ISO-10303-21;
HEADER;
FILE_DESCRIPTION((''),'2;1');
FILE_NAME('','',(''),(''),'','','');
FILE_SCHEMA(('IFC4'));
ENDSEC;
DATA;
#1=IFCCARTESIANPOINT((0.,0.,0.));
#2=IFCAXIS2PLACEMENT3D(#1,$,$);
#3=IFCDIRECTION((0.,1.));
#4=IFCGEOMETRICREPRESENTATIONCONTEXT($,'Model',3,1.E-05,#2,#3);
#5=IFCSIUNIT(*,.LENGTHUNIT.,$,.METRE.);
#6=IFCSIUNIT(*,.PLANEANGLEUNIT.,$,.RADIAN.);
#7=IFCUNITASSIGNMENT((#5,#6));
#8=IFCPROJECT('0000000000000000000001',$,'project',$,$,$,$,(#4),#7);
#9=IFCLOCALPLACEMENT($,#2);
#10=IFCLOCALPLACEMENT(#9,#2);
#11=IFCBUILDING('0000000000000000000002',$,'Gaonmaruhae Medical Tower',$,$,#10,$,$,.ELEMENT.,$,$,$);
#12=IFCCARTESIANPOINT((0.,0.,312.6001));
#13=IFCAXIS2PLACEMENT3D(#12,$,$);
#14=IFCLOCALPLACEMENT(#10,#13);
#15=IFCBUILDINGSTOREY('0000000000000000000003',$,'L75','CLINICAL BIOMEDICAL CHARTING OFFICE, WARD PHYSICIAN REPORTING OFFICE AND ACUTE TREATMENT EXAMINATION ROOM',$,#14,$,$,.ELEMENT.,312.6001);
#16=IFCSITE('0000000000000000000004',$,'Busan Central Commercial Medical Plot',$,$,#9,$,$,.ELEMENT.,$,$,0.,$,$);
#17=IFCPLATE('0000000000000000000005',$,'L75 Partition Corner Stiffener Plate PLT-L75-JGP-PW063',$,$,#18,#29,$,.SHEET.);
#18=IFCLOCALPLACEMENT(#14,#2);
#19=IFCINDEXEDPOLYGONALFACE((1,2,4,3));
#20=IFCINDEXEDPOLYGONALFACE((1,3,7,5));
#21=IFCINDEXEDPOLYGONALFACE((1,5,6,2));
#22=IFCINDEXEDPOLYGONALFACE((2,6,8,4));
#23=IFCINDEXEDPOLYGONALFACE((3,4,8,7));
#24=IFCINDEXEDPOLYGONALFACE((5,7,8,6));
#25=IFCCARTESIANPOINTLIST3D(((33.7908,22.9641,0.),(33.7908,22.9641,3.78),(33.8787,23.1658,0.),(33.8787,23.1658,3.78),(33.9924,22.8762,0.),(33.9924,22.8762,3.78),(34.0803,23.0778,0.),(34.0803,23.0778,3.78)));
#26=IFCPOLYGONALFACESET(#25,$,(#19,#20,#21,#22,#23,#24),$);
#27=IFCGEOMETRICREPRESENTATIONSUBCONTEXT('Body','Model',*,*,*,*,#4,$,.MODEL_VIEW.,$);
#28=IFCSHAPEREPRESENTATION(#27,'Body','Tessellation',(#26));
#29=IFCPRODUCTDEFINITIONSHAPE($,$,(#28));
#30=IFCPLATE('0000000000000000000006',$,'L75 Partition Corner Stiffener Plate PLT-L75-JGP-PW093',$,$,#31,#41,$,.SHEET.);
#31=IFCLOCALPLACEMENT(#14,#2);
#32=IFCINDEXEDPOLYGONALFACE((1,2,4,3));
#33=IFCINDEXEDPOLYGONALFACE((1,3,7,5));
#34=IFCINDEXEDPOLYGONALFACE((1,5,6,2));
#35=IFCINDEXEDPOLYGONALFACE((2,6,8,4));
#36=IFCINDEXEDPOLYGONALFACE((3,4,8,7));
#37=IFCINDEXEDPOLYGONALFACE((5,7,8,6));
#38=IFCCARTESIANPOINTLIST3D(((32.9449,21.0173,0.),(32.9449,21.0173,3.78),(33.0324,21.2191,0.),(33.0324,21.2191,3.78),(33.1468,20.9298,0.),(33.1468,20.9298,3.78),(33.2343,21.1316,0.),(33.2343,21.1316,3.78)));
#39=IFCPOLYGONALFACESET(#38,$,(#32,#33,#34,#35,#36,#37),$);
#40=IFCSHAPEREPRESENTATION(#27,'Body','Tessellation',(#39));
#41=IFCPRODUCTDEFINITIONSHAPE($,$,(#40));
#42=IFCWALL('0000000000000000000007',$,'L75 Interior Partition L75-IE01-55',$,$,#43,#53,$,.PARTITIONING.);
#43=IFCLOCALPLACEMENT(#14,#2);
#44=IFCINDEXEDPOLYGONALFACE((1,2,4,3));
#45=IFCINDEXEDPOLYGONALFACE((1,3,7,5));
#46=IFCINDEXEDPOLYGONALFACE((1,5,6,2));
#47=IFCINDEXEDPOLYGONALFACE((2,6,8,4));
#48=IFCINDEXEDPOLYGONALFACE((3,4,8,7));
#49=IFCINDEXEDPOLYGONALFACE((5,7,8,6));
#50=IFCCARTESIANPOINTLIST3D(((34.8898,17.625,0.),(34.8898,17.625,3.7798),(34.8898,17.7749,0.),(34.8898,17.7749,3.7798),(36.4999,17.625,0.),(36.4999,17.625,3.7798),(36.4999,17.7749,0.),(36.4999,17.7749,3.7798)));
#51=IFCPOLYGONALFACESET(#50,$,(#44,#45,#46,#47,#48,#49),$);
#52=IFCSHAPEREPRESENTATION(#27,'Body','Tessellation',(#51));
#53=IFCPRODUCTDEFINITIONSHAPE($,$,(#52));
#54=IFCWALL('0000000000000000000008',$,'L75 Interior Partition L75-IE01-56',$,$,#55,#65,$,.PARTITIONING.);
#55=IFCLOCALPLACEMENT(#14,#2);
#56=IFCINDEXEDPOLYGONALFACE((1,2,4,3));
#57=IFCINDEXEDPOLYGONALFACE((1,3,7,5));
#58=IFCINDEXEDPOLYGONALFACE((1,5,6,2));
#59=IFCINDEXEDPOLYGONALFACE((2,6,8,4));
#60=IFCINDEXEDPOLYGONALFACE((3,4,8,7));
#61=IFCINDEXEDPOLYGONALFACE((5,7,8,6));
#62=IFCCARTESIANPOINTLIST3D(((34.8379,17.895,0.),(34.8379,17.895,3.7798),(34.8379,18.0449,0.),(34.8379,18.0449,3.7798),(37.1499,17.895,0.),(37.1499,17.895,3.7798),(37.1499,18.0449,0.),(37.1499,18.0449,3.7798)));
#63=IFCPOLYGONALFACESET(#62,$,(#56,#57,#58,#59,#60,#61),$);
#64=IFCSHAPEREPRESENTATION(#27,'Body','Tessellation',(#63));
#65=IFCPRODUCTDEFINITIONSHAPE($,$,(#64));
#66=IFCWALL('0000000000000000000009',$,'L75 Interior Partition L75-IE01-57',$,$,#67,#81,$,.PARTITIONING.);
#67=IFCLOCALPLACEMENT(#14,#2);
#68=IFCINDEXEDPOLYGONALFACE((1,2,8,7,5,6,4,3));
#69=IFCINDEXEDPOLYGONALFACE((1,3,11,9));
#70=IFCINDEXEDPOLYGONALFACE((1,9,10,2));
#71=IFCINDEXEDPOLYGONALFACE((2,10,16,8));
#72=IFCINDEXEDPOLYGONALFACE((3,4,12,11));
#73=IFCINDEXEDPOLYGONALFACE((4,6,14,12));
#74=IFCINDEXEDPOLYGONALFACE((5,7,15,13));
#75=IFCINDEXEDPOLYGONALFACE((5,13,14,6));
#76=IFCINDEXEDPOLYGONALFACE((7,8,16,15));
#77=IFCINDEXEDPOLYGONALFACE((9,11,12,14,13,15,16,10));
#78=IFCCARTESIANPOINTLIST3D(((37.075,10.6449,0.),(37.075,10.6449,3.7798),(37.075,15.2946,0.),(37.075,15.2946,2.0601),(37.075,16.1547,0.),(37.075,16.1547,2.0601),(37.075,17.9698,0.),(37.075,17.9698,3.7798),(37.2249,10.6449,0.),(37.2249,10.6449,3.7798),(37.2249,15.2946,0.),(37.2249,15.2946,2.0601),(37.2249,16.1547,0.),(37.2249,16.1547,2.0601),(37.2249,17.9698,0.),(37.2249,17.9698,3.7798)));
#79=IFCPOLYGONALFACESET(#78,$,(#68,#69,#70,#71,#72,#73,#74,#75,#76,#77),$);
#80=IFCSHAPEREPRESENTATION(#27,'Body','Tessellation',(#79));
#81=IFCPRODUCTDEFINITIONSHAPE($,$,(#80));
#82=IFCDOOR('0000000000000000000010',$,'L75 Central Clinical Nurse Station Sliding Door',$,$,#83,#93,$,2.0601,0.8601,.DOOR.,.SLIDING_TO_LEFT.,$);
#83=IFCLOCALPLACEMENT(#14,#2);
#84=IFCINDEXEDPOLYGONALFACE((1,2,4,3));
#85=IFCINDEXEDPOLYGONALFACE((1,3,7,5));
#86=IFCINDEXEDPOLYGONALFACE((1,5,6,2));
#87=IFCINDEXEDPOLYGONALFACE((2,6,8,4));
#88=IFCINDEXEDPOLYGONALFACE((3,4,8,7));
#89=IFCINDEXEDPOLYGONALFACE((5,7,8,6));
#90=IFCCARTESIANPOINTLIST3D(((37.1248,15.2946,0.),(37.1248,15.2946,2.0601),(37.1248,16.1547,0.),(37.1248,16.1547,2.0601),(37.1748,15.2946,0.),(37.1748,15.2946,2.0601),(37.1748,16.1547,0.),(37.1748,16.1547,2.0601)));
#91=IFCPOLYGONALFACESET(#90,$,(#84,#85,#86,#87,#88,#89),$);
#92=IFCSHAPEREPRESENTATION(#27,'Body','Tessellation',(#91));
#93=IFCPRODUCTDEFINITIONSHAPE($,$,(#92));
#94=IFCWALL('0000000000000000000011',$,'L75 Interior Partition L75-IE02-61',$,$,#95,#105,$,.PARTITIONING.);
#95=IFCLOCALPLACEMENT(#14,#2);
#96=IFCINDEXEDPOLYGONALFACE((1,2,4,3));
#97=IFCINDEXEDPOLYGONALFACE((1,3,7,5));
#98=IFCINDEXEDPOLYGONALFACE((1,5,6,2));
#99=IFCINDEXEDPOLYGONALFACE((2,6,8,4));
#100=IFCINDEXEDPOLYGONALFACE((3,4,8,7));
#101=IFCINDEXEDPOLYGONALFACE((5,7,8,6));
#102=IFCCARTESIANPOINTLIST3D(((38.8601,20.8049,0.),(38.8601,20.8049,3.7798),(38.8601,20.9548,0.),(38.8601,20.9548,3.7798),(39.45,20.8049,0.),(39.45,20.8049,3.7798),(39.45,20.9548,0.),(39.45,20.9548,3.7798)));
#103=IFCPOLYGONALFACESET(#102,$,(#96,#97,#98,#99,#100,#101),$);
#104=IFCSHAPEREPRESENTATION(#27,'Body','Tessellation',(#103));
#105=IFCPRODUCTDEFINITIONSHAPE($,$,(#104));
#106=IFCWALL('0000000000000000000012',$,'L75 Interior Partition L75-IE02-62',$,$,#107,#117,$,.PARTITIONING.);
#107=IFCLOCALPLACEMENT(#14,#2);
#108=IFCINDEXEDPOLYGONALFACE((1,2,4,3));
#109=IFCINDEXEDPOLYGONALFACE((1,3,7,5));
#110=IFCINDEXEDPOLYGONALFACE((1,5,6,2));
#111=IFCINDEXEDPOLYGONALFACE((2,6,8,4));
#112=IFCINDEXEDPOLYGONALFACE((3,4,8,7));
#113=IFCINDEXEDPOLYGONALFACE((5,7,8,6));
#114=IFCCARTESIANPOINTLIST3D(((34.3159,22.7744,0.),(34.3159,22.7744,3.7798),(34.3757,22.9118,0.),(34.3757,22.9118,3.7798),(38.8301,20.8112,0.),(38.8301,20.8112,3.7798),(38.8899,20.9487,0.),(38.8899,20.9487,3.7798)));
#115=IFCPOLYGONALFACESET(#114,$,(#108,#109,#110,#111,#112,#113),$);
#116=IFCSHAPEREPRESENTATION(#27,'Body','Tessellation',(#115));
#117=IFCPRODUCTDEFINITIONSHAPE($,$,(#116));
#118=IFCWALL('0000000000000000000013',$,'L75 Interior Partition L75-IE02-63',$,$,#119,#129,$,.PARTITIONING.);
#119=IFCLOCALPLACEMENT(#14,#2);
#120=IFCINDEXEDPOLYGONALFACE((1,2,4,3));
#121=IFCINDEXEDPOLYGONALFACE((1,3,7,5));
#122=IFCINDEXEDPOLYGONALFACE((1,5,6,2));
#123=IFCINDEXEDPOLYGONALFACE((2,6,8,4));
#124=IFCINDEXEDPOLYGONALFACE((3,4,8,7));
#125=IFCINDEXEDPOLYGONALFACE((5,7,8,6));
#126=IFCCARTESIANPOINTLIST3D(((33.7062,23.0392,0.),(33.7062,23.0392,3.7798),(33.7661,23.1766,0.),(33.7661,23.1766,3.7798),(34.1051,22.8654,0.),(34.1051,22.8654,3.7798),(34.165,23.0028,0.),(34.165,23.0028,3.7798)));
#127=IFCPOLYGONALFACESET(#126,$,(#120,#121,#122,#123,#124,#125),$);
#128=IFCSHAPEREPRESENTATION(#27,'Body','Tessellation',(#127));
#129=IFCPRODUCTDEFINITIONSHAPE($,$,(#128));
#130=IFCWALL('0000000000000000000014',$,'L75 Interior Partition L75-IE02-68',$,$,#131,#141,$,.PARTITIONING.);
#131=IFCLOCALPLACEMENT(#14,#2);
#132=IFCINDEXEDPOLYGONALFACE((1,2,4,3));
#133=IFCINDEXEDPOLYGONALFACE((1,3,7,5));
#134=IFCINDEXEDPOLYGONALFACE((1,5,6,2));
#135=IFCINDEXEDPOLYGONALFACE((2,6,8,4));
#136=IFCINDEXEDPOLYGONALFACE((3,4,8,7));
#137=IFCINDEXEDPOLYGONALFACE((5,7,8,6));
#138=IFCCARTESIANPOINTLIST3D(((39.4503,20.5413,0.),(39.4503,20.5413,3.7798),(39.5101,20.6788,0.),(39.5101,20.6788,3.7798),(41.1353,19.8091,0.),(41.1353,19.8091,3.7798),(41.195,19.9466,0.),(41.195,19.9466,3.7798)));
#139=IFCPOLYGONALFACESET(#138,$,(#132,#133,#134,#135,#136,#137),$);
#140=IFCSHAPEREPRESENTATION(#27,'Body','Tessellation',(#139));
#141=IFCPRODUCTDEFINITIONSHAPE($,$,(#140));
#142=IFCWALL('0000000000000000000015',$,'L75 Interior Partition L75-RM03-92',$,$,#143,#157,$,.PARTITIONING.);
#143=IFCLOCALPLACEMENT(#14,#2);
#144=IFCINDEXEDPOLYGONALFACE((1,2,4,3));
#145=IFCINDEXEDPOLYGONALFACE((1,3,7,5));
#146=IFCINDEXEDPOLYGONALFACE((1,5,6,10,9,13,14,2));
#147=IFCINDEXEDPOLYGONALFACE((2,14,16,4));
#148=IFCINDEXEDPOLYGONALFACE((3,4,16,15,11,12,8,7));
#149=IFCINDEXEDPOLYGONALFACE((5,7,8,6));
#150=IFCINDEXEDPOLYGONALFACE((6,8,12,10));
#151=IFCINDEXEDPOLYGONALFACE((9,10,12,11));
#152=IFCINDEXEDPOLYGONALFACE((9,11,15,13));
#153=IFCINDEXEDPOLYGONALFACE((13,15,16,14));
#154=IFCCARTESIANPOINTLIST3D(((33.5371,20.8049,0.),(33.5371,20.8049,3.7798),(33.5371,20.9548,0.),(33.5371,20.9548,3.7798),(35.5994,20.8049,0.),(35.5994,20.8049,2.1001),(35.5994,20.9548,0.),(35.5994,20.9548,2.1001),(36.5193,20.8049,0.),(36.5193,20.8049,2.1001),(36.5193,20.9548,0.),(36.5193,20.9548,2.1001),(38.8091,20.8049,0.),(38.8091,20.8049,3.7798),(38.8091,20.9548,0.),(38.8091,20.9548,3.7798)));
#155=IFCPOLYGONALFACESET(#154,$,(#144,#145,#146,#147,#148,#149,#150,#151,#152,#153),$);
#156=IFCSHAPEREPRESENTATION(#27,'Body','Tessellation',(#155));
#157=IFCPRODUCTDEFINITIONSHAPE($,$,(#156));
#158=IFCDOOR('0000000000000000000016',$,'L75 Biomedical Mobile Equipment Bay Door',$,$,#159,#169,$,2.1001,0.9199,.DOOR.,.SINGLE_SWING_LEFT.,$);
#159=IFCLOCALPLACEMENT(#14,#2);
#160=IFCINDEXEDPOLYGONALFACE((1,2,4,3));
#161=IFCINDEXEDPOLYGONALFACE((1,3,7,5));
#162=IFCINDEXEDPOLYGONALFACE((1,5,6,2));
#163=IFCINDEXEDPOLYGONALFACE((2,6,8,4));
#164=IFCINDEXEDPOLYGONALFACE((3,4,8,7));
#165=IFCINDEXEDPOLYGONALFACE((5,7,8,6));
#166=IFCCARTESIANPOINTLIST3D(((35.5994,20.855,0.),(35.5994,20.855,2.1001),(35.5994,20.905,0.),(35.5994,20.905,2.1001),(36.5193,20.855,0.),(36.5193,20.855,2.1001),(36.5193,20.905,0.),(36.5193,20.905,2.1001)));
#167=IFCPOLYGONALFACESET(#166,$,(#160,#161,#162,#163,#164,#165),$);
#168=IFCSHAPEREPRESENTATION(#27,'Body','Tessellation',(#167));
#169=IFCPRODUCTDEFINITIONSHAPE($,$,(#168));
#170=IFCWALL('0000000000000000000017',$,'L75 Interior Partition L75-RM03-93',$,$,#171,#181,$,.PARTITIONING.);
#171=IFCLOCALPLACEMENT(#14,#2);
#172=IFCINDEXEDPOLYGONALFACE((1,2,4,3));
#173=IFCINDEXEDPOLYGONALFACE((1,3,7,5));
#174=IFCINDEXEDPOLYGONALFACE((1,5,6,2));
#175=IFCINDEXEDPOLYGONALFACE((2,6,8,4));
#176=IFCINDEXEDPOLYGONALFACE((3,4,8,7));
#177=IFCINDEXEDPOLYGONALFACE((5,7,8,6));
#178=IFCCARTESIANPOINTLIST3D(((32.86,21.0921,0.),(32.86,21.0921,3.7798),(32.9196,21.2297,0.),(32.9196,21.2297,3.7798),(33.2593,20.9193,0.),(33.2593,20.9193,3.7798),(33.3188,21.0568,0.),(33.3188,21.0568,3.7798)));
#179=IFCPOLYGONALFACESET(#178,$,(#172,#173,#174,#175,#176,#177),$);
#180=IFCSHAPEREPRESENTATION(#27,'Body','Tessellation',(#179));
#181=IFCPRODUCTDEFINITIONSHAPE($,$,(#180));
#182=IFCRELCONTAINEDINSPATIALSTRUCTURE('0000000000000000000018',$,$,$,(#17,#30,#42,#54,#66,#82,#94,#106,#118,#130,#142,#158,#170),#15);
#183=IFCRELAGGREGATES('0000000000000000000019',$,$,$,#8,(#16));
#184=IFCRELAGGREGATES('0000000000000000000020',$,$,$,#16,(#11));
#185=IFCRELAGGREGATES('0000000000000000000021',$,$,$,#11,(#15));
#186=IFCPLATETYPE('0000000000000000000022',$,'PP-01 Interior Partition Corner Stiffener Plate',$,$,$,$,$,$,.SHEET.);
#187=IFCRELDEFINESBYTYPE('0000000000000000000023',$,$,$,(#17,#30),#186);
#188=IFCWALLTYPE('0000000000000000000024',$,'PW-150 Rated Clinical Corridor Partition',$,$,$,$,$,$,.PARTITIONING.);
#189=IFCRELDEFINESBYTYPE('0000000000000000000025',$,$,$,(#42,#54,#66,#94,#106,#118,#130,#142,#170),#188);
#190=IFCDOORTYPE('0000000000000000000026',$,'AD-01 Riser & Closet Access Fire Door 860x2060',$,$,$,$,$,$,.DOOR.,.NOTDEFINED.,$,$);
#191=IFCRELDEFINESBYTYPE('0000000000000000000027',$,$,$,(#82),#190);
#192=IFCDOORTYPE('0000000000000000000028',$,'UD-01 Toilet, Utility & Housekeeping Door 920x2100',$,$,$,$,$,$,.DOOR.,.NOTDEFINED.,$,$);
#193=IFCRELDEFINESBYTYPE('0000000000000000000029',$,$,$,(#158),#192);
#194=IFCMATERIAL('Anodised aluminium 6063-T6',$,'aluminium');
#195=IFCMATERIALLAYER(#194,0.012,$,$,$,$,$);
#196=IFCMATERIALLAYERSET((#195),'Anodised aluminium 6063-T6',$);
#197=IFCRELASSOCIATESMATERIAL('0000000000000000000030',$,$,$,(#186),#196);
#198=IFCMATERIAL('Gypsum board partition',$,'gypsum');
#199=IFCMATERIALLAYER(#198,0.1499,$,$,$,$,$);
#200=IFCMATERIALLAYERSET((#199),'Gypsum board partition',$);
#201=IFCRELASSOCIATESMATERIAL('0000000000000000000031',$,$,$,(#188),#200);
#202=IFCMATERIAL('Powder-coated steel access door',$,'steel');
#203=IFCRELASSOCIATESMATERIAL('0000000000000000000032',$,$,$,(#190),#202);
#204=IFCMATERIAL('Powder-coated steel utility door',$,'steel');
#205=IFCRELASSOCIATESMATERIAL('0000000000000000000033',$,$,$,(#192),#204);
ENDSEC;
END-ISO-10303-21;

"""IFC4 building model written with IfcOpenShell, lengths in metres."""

from ifc_helpers import new_model, si_unit, direction, frame, frame_2d, origin, origin_2d, place, context, subcontext, project, spatial, rectangle, extrude, material, layer, layer_set, type_object, element, fill, save


model = new_model("IFC4")

# Units and contexts
model_context = context("Model", 3, precision=1e-05, world=origin(), true_north=direction((0.0, 1.0)))
body_context = subcontext(model_context, "Body", "Model", "MODEL_VIEW")
ifc_project = project(units=[si_unit("LENGTHUNIT", "METRE"), si_unit("PLANEANGLEUNIT", "RADIAN")], contexts=[model_context])

# Site, building, storey
site_placement = place(None, origin())
site = spatial("IfcSite", under=ifc_project, at=site_placement, Name="Busan Central Commercial Medical Plot", CompositionType="ELEMENT", RefElevation=0.0)
building_placement = place(site_placement, origin())
building = spatial("IfcBuilding", under=site, at=building_placement, Name="Gaonmaruhae Medical Tower", CompositionType="ELEMENT")
storey_placement = place(building_placement, frame((0.0, 0.0, 312.6001)))
storey = spatial("IfcBuildingStorey", under=building, at=storey_placement, Name="L75", Description="CLINICAL BIOMEDICAL CHARTING OFFICE, WARD PHYSICIAN REPORTING OFFICE AND ACUTE TREATMENT EXAMINATION ROOM", CompositionType="ELEMENT", Elevation=312.6001)

# Plates
ifc_material_1 = material(Name="Anodised aluminium 6063-T6", Category="aluminium")
ifc_layer_1 = layer(ifc_material_1, 0.012)
ifc_layer_set_1 = layer_set([ifc_layer_1], Name="Anodised aluminium 6063-T6")
plate_type = type_object("IfcPlateType", Name="PP-01 Interior Partition Corner Stiffener Plate", PredefinedType="SHEET", material=ifc_layer_set_1)
for number, where, z_axis, x_axis, name in (
    (1, (33.9355, 23.021, 0.0), (0.0, 0.0, 1.0), (-0.916628, 0.399741, 0.0), "L75 Partition Corner Stiffener Plate PLT-L75-JGP-PW063"),
    (2, (33.0896, 21.0745, 0.0), (0.0, 0.0, 1.0), (-0.91747, 0.397805, 0.0), "L75 Partition Corner Stiffener Plate PLT-L75-JGP-PW093"),
):
    element("IfcPlate", number, at=place(storey_placement, frame(where, z_axis=z_axis, x_axis=x_axis)), inside=storey, type_object=plate_type, Name=name, PredefinedType="SHEET", context=body_context, shape_type="SweptSolid", body=[
        extrude(rectangle(XDim=0.22, YDim=0.22, at=origin_2d()), origin(), (0.0, 0.0, 1.0), 3.78),
    ])

# Walls
ifc_material_2 = material(Name="Gypsum board partition", Category="gypsum")
ifc_layer_2 = layer(ifc_material_2, 0.1499)
ifc_layer_set_2 = layer_set([ifc_layer_2], Name="Gypsum board partition")
wall_type = type_object("IfcWallType", Name="PW-150 Rated Clinical Corridor Partition", PredefinedType="PARTITIONING", material=ifc_layer_set_2)
wall_1_placement = place(storey_placement, frame((36.5, 17.7, 0.0), z_axis=(0.0, 0.0, 1.0), x_axis=(-1.0, 0.0, 0.0)))
element("IfcWall", 3, at=wall_1_placement, inside=storey, type_object=wall_type, Name="L75 Interior Partition L75-IE01-55", PredefinedType="PARTITIONING", context=body_context, shape_type="SweptSolid", body=[
    extrude(rectangle(XDim=1.6101, YDim=0.1499, at=frame_2d((0.8052, 0.0))), origin(), (0.0, 0.0, 1.0), 3.7798),
])
wall_2_placement = place(storey_placement, frame((34.8379, 17.97, 0.0), z_axis=(0.0, 0.0, 1.0), x_axis=(1.0, 0.0, 0.0)))
element("IfcWall", 4, at=wall_2_placement, inside=storey, type_object=wall_type, Name="L75 Interior Partition L75-IE01-56", PredefinedType="PARTITIONING", context=body_context, shape_type="SweptSolid", body=[
    extrude(rectangle(XDim=2.312, YDim=0.1499, at=frame_2d((1.156, 0.0))), origin(), (0.0, 0.0, 1.0), 3.7798),
])

# Wall, opening, door
wall_3_placement = place(storey_placement, frame((37.1499, 17.97, 0.0), z_axis=(0.0, 0.0, 1.0), x_axis=(0.0, -1.0, 0.0)))
wall_3 = element("IfcWall", 5, at=wall_3_placement, inside=storey, type_object=wall_type, Name="L75 Interior Partition L75-IE01-57", PredefinedType="PARTITIONING", context=body_context, shape_type="SweptSolid", body=[
    extrude(rectangle(XDim=7.325, YDim=0.1499, at=frame_2d((3.6626, 0.0))), origin(), (0.0, 0.0, 1.0), 3.7798),
])
opening_1_placement = place(wall_3_placement, frame((1.8152, 0.0, 0.0)))
opening_1 = element("IfcOpeningElement", 6, at=opening_1_placement, cuts=wall_3, PredefinedType="OPENING", context=body_context, shape_type="SweptSolid", body=[
    extrude(rectangle(XDim=0.8601, YDim=2.0601, at=frame_2d((0.4302, 1.03))), frame((0.0, 0.085, 0.0), z_axis=(0.0, -1.0, 0.0), x_axis=(1.0, 0.0, 0.0)), (0.0, 0.0, 1.0), 0.1699),
])
ifc_material_3 = material(Name="Powder-coated steel access door", Category="steel")
door_type_1 = type_object("IfcDoorType", Name="AD-01 Riser & Closet Access Fire Door 860x2060", OperationType="NOTDEFINED", PredefinedType="DOOR", material=ifc_material_3)
door_1_placement = place(opening_1_placement, origin())
door_1 = element("IfcDoor", 7, at=door_1_placement, inside=storey, type_object=door_type_1, Name="L75 Central Clinical Nurse Station Sliding Door", OperationType="SLIDING_TO_LEFT", OverallHeight=2.0601, OverallWidth=0.8601, PredefinedType="DOOR", context=body_context, shape_type="SweptSolid", body=[
    extrude(rectangle(XDim=0.8601, YDim=2.0601, at=frame_2d((0.4302, 1.03))), frame((0.0, 0.0249, 0.0), z_axis=(0.0, -1.0, 0.0), x_axis=(1.0, 0.0, 0.0)), (0.0, 0.0, 1.0), 0.05),
])
fill(opening_1, door_1)

# Walls
wall_4_placement = place(storey_placement, frame((39.45, 20.8799, 0.0), z_axis=(0.0, 0.0, 1.0), x_axis=(-1.0, 0.0, 0.0)))
element("IfcWall", 8, at=wall_4_placement, inside=storey, type_object=wall_type, Name="L75 Interior Partition L75-IE02-61", PredefinedType="PARTITIONING", context=body_context, shape_type="SweptSolid", body=[
    extrude(rectangle(XDim=0.5898, YDim=0.1499, at=frame_2d((0.2949, 0.0))), origin(), (0.0, 0.0, 1.0), 3.7798),
])
wall_5_placement = place(storey_placement, frame((38.8601, 20.8799, 0.0), z_axis=(0.0, 0.0, 1.0), x_axis=(-0.917036, 0.398804, 0.0)))
element("IfcWall", 9, at=wall_5_placement, inside=storey, type_object=wall_type, Name="L75 Interior Partition L75-IE02-62", PredefinedType="PARTITIONING", context=body_context, shape_type="SweptSolid", body=[
    extrude(rectangle(XDim=4.9226, YDim=0.1499, at=frame_2d((2.4614, 0.0))), origin(), (0.0, 0.0, 1.0), 3.7798),
])
wall_6_placement = place(storey_placement, frame((34.135, 22.9341, 0.0), z_axis=(0.0, 0.0, 1.0), x_axis=(-0.916749, 0.399465, 0.0)))
element("IfcWall", 10, at=wall_6_placement, inside=storey, type_object=wall_type, Name="L75 Interior Partition L75-IE02-63", PredefinedType="PARTITIONING", context=body_context, shape_type="SweptSolid", body=[
    extrude(rectangle(XDim=0.4351, YDim=0.1499, at=frame_2d((0.2175, 0.0))), origin(), (0.0, 0.0, 1.0), 3.7798),
])
wall_7_placement = place(storey_placement, frame((41.165, 19.8779, 0.0), z_axis=(0.0, 0.0, 1.0), x_axis=(-0.917161, 0.398517, 0.0)))
element("IfcWall", 11, at=wall_7_placement, inside=storey, type_object=wall_type, Name="L75 Interior Partition L75-IE02-68", PredefinedType="PARTITIONING", context=body_context, shape_type="SweptSolid", body=[
    extrude(rectangle(XDim=1.8372, YDim=0.1499, at=frame_2d((0.9185, 0.0))), origin(), (0.0, 0.0, 1.0), 3.7798),
])

# Wall, opening, door
wall_8_placement = place(storey_placement, frame((38.8091, 20.8799, 0.0), z_axis=(0.0, 0.0, 1.0), x_axis=(-1.0, 0.0, 0.0)))
wall_8 = element("IfcWall", 12, at=wall_8_placement, inside=storey, type_object=wall_type, Name="L75 Interior Partition L75-RM03-92", PredefinedType="PARTITIONING", context=body_context, shape_type="SweptSolid", body=[
    extrude(rectangle(XDim=5.272, YDim=0.1499, at=frame_2d((2.636, 0.0))), origin(), (0.0, 0.0, 1.0), 3.7798),
])
opening_2_placement = place(wall_8_placement, frame((2.2898, 0.0, 0.0)))
opening_2 = element("IfcOpeningElement", 13, at=opening_2_placement, cuts=wall_8, PredefinedType="OPENING", context=body_context, shape_type="SweptSolid", body=[
    extrude(rectangle(XDim=0.9199, YDim=2.1001, at=frame_2d((0.46, 1.05))), frame((0.0, 0.085, 0.0), z_axis=(0.0, -1.0, 0.0), x_axis=(1.0, 0.0, 0.0)), (0.0, 0.0, 1.0), 0.1699),
])
ifc_material_4 = material(Name="Powder-coated steel utility door", Category="steel")
door_type_2 = type_object("IfcDoorType", Name="UD-01 Toilet, Utility & Housekeeping Door 920x2100", OperationType="NOTDEFINED", PredefinedType="DOOR", material=ifc_material_4)
door_2_placement = place(opening_2_placement, origin())
door_2 = element("IfcDoor", 14, at=door_2_placement, inside=storey, type_object=door_type_2, Name="L75 Biomedical Mobile Equipment Bay Door", OperationType="SINGLE_SWING_LEFT", OverallHeight=2.1001, OverallWidth=0.9199, PredefinedType="DOOR", context=body_context, shape_type="SweptSolid", body=[
    extrude(rectangle(XDim=0.9199, YDim=2.1001, at=frame_2d((0.46, 1.05))), frame((0.0, 0.0249, 0.0), z_axis=(0.0, -1.0, 0.0), x_axis=(1.0, 0.0, 0.0)), (0.0, 0.0, 1.0), 0.05),
])
fill(opening_2, door_2)

# Wall
wall_9_placement = place(storey_placement, frame((33.2891, 20.988, 0.0), z_axis=(0.0, 0.0, 1.0), x_axis=(-0.917658, 0.397371, 0.0)))
element("IfcWall", 15, at=wall_9_placement, inside=storey, type_object=wall_type, Name="L75 Interior Partition L75-RM03-93", PredefinedType="PARTITIONING", context=body_context, shape_type="SweptSolid", body=[
    extrude(rectangle(XDim=0.4351, YDim=0.1499, at=frame_2d((0.2175, 0.0))), origin(), (0.0, 0.0, 1.0), 3.7798),
])

save(model, "model.ifc")
